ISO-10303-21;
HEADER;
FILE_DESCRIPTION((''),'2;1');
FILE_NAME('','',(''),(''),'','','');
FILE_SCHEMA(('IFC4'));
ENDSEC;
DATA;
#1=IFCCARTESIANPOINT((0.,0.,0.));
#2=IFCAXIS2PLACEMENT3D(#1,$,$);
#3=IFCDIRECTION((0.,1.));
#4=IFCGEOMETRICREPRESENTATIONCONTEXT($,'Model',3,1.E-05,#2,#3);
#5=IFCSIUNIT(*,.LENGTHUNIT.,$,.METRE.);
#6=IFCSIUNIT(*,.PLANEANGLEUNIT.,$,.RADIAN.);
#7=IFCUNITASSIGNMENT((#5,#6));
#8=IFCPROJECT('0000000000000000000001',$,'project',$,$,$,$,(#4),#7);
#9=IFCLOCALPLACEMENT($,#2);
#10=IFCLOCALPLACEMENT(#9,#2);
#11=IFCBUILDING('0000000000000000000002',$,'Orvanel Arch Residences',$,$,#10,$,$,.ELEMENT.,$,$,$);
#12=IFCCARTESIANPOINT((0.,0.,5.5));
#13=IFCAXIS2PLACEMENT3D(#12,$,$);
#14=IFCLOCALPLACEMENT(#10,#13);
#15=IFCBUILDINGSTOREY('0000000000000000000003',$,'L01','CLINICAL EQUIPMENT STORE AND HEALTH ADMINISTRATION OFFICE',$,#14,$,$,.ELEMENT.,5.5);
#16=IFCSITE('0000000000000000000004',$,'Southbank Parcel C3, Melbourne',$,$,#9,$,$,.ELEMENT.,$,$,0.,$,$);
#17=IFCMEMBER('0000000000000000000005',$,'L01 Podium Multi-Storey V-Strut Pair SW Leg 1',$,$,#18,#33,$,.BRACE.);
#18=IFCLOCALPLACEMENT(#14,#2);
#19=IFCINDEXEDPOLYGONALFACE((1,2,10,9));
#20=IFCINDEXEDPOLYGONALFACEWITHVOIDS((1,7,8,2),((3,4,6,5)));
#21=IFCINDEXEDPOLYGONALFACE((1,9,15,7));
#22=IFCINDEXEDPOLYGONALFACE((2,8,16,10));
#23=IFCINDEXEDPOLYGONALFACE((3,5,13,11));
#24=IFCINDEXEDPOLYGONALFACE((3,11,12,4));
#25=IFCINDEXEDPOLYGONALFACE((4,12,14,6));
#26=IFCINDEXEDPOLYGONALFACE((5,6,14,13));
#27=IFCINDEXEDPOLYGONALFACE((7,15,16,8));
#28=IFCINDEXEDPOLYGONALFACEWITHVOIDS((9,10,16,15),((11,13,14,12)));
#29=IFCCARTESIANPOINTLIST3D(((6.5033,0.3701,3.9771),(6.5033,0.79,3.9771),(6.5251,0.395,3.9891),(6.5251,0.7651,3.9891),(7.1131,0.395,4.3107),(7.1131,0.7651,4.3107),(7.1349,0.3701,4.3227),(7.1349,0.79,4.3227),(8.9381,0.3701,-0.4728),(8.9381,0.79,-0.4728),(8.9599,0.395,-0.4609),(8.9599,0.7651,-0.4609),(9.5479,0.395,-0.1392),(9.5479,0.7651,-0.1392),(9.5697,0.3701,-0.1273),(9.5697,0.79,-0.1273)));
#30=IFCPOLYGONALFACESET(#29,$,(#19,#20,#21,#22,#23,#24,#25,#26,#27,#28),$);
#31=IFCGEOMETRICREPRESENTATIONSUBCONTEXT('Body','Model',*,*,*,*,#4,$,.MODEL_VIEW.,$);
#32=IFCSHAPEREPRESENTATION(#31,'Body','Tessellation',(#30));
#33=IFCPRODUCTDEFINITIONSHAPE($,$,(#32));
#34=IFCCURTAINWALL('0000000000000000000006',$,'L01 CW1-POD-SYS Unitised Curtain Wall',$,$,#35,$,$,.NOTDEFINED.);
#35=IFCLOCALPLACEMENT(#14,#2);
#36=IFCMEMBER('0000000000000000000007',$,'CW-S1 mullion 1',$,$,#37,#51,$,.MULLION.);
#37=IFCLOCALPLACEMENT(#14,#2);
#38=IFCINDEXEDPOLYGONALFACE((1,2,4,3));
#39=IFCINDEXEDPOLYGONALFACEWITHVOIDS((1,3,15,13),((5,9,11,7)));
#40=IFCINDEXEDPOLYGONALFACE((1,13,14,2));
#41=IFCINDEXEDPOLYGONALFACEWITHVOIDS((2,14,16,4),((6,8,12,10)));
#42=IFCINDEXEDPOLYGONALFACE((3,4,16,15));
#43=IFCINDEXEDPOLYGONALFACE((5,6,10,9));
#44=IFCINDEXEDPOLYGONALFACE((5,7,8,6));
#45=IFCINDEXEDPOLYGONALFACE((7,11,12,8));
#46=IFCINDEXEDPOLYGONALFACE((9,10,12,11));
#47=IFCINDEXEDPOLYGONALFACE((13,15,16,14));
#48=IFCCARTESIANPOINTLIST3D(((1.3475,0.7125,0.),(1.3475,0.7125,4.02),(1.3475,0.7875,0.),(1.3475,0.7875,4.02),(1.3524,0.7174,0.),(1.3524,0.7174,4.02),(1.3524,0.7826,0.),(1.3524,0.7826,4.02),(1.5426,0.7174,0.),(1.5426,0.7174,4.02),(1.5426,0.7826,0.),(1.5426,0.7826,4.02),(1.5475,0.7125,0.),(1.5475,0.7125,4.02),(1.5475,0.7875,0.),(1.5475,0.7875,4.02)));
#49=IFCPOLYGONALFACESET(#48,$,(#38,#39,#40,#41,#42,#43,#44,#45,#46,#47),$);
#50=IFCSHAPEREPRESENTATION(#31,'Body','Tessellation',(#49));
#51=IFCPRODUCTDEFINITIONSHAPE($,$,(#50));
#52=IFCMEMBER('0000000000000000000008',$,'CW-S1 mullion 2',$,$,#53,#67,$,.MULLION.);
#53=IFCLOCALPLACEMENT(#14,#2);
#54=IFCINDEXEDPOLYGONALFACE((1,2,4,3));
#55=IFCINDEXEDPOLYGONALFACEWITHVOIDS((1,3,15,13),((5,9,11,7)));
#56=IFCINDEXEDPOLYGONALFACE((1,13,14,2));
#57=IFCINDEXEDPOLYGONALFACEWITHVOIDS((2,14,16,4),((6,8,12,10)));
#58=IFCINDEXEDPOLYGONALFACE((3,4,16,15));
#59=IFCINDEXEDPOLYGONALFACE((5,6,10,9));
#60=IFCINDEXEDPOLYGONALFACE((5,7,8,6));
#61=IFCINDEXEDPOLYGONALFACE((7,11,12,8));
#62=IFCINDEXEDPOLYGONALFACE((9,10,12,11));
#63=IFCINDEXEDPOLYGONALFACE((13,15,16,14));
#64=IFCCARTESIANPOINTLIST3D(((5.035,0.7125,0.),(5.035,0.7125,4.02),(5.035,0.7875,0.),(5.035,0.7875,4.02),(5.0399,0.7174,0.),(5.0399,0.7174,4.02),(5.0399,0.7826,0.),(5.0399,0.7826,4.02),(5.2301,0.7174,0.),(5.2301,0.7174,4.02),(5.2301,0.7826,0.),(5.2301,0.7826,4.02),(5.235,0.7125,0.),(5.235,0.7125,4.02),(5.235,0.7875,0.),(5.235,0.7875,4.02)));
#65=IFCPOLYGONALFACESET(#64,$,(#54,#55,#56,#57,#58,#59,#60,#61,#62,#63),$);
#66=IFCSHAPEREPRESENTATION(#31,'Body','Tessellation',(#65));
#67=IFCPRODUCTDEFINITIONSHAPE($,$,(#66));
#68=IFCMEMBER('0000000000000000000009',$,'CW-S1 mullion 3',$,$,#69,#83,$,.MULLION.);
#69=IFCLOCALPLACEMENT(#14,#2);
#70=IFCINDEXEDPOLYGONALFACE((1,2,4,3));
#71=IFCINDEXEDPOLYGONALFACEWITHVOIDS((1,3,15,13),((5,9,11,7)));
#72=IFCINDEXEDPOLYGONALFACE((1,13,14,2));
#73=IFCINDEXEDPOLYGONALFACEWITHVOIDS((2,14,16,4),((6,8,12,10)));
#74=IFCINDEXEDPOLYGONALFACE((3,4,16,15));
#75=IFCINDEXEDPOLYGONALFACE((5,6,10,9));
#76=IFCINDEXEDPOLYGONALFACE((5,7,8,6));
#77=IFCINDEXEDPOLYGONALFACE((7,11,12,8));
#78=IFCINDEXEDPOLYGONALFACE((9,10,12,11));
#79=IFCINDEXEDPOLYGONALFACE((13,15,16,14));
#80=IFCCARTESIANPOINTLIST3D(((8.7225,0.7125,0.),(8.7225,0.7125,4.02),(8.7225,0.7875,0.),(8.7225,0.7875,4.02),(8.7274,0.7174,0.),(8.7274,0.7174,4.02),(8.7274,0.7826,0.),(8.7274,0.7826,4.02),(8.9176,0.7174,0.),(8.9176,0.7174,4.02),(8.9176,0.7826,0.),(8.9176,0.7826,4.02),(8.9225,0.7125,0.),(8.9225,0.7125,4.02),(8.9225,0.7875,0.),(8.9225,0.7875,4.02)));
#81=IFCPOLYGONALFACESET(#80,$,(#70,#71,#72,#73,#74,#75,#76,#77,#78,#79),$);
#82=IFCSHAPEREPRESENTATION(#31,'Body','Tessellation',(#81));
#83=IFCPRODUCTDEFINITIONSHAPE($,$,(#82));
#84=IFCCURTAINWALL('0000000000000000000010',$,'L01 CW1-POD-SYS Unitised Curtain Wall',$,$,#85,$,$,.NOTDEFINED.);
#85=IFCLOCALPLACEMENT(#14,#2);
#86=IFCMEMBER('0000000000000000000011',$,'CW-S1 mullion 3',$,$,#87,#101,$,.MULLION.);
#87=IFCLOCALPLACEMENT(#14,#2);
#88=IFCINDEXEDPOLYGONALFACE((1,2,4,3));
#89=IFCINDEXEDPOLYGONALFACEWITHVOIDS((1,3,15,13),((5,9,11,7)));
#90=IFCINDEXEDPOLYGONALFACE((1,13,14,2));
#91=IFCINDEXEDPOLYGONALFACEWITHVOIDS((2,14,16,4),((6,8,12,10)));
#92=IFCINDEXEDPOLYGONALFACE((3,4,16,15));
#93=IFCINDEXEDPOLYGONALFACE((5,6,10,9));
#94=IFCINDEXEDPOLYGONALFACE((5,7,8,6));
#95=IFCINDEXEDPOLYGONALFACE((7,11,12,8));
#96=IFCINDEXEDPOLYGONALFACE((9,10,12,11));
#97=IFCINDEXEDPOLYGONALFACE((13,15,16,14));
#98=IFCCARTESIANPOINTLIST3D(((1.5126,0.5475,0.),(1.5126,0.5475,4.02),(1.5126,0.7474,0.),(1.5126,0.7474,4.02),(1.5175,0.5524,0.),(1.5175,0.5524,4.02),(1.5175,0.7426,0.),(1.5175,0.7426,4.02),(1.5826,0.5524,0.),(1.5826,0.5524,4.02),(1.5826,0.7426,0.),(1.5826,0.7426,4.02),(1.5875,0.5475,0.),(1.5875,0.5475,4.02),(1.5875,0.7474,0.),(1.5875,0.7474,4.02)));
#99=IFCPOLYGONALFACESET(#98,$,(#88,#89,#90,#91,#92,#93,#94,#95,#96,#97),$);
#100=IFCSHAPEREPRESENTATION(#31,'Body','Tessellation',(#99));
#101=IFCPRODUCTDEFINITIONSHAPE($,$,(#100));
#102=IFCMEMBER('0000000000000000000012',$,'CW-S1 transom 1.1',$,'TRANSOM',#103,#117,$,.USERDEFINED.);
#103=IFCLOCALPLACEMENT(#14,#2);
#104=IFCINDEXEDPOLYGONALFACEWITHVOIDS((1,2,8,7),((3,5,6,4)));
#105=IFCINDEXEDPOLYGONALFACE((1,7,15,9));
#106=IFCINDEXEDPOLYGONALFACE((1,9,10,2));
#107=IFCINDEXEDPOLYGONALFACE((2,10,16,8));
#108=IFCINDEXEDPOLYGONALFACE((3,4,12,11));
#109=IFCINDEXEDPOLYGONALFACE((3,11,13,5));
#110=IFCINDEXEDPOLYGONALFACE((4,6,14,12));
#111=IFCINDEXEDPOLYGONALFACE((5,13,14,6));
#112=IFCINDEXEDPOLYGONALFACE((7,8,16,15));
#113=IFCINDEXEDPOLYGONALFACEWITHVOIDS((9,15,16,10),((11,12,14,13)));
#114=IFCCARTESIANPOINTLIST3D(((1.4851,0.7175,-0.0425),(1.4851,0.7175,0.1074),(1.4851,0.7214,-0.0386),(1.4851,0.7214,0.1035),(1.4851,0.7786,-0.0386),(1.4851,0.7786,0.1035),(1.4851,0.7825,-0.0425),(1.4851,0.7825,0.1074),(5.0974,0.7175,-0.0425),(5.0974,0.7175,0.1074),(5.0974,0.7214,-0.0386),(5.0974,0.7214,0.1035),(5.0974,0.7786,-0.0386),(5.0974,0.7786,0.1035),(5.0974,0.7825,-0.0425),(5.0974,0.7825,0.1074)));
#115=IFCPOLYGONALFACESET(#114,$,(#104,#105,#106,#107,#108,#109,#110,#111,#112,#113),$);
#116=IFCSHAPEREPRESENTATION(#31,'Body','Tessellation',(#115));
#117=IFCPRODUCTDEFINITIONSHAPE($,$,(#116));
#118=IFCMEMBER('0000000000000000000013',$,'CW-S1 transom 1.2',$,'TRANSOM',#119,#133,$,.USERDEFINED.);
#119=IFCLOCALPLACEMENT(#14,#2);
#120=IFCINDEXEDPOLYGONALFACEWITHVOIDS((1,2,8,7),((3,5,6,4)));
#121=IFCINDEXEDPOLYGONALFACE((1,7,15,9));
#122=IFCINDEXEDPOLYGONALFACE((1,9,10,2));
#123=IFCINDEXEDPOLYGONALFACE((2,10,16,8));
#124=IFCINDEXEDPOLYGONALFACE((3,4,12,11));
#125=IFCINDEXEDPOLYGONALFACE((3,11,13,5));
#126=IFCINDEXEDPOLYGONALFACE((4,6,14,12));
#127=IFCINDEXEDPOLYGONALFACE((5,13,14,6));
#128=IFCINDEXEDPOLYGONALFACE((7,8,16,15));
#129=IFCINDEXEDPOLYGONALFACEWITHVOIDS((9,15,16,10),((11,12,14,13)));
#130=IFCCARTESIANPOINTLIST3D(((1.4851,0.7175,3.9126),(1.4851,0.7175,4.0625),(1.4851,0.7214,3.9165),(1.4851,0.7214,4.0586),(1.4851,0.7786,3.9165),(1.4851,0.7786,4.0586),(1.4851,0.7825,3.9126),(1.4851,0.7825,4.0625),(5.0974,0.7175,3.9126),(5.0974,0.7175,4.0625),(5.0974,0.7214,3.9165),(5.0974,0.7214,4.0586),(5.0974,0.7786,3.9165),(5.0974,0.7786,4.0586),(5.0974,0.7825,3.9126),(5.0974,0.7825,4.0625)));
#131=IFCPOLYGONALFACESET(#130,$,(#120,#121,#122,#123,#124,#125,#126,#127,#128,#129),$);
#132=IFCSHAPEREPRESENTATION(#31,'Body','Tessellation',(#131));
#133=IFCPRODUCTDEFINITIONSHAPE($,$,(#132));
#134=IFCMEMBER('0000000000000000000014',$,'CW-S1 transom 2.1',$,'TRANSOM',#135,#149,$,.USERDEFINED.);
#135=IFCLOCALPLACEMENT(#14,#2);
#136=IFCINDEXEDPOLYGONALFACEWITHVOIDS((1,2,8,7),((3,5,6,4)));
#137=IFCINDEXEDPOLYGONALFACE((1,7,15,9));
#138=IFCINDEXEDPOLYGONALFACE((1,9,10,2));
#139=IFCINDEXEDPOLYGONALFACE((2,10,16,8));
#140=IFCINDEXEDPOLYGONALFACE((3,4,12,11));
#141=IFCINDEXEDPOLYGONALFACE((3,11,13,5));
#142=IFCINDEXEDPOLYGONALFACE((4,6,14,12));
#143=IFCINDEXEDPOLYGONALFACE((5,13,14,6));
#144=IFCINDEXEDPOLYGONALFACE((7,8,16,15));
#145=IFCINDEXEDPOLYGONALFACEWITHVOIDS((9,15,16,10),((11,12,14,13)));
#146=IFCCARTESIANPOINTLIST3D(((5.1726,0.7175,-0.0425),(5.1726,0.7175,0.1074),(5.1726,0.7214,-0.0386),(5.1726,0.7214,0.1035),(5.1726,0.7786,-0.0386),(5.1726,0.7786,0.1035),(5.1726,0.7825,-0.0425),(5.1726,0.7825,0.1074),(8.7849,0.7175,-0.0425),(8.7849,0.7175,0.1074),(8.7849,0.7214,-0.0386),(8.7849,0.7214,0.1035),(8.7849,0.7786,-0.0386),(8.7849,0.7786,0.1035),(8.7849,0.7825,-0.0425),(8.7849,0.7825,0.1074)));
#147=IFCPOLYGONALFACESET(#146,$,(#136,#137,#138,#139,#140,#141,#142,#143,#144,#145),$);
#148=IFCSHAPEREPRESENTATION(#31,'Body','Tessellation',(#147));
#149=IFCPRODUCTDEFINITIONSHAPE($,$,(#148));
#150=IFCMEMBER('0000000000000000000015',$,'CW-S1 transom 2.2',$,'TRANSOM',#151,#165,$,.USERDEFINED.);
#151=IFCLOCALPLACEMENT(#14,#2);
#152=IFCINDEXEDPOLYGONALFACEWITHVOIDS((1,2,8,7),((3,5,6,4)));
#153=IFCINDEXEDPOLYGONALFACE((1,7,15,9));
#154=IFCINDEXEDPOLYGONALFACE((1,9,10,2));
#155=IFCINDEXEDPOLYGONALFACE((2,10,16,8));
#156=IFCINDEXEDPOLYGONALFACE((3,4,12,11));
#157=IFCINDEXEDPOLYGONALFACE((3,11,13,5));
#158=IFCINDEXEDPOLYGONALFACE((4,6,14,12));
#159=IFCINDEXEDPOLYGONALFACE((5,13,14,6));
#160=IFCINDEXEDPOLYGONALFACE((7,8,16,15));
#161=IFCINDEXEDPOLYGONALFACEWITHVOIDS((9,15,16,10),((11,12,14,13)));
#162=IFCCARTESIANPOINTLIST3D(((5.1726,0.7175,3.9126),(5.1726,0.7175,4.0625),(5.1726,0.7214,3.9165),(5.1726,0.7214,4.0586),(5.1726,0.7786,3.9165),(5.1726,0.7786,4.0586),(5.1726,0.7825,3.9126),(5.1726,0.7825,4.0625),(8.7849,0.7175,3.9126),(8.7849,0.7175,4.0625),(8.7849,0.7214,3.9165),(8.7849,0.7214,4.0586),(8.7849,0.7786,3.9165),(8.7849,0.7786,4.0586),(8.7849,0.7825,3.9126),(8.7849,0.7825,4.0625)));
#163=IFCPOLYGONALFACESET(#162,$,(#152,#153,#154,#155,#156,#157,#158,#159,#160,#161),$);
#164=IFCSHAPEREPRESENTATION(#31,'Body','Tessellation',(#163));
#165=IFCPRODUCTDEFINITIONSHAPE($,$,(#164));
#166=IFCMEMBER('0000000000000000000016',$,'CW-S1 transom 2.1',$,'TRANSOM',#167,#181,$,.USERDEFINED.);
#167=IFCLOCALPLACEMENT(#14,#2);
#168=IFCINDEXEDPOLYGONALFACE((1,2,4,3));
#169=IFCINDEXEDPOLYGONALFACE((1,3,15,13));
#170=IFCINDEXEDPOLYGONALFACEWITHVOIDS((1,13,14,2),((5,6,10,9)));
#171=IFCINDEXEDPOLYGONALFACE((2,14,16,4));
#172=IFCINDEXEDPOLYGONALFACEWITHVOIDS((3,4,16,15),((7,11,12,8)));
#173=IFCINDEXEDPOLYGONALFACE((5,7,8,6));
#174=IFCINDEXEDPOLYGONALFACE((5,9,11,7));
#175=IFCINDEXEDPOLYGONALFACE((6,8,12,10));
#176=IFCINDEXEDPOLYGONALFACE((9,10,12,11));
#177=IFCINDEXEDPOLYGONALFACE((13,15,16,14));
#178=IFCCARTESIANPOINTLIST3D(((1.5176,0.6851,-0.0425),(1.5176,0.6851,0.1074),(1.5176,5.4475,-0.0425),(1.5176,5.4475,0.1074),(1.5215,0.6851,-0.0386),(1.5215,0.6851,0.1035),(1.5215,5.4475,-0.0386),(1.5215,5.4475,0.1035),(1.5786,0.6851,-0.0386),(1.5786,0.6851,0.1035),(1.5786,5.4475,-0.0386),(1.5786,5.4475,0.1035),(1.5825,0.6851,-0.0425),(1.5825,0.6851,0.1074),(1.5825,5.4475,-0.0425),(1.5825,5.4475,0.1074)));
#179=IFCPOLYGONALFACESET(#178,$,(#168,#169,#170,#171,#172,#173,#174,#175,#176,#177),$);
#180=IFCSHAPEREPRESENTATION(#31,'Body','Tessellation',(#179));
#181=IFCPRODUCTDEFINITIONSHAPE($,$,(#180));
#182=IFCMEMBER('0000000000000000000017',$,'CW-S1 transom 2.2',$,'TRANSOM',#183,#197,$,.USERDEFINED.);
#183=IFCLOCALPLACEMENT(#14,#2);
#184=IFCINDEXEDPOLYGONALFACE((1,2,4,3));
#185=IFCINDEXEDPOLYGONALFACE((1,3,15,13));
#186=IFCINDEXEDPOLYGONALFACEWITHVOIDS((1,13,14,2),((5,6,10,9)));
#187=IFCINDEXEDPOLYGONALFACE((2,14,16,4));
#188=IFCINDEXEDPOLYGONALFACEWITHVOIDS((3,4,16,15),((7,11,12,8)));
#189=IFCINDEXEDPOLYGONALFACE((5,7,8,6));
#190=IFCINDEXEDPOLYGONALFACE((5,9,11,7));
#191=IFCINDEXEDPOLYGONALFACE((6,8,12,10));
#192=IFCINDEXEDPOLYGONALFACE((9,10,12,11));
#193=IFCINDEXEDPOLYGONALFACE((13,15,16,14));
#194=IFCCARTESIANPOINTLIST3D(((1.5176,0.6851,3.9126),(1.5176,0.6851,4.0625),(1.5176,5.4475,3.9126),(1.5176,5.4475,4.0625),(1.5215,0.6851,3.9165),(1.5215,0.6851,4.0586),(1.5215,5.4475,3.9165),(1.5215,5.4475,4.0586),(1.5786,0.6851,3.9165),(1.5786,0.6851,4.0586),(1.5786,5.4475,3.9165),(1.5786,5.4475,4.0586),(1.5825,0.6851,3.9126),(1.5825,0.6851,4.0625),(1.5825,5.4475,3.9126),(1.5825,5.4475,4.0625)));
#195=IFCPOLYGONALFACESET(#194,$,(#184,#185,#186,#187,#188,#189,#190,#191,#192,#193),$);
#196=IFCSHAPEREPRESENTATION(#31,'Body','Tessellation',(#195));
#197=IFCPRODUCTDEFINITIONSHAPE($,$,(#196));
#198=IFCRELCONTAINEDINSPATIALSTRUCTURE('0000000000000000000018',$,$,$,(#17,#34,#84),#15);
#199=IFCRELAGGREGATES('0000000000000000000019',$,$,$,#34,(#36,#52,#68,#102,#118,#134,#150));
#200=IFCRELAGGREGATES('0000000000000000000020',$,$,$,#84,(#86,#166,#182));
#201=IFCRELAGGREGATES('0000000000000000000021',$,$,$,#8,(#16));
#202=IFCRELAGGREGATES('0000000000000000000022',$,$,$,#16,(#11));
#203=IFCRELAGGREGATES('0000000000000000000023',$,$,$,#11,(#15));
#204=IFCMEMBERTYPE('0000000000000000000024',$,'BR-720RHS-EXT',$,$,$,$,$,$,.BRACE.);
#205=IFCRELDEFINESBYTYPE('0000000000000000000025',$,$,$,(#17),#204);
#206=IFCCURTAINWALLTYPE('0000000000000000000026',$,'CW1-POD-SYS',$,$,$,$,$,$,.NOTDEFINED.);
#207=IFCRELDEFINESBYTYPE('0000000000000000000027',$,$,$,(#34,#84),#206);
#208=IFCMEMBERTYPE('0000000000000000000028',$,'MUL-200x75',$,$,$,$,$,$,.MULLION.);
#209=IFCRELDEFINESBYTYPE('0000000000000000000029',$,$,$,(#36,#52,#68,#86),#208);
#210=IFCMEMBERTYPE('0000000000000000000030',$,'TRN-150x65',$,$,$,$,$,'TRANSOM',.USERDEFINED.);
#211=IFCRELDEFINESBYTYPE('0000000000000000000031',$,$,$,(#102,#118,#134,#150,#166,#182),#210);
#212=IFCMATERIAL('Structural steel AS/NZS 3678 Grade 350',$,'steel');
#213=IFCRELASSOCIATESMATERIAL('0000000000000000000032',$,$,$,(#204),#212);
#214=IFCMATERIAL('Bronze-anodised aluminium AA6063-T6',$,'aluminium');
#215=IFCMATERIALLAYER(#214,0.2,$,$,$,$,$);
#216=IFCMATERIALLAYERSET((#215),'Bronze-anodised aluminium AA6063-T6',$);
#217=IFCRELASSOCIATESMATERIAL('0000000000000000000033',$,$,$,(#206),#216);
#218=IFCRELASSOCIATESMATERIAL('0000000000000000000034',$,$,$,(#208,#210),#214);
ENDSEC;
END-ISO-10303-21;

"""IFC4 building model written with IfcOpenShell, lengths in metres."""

from ifc_helpers import new_model, si_unit, direction, frame, origin, origin_2d, place, context, subcontext, project, spatial, hollow_rectangle, extrude, material, layer, layer_set, material_profile, profile_set, type_object, element, aggregate, save


model = new_model("IFC4")

# Units and contexts
model_context = context("Model", 3, precision=1e-05, world=origin(), true_north=direction((0.0, 1.0)))
body_context = subcontext(model_context, "Body", "Model", "MODEL_VIEW")
ifc_project = project(units=[si_unit("LENGTHUNIT", "METRE"), si_unit("PLANEANGLEUNIT", "RADIAN")], contexts=[model_context])

# Site, building, storey
site_placement = place(None, origin())
site = spatial("IfcSite", under=ifc_project, at=site_placement, Name="Southbank Parcel C3, Melbourne", CompositionType="ELEMENT", RefElevation=0.0)
building_placement = place(site_placement, origin())
building = spatial("IfcBuilding", under=site, at=building_placement, Name="Orvanel Arch Residences", CompositionType="ELEMENT")
storey_placement = place(building_placement, frame((0.0, 0.0, 5.5)))
storey = spatial("IfcBuildingStorey", under=building, at=storey_placement, Name="L01", Description="CLINICAL EQUIPMENT STORE AND HEALTH ADMINISTRATION OFFICE", CompositionType="ELEMENT", Elevation=5.5)

# Member
ifc_material_1 = material(Name="Structural steel AS/NZS 3678 Grade 350", Category="steel")
ifc_material_profile_1 = material_profile(ifc_material_1, hollow_rectangle(XDim=0.4199, YDim=0.72, WallThickness=0.0249, at=origin_2d()), Name="RHS720x420x25")
ifc_profile_set_1 = profile_set([ifc_material_profile_1], Name="Structural steel AS/NZS 3678 Grade 350")
member_type_1 = type_object("IfcMemberType", Name="BR-720RHS-EXT", PredefinedType="BRACE", material=ifc_profile_set_1)
member_1_placement = place(storey_placement, frame((9.2539, 0.5801, -0.3), z_axis=(-0.480002, 0.0, 0.877268), x_axis=(0.0, -1.0, 0.0)))
element("IfcMember", 1, at=member_1_placement, inside=storey, type_object=member_type_1, Name="L01 Podium Multi-Storey V-Strut Pair SW Leg 1", PredefinedType="BRACE", context=body_context, shape_type="SweptSolid", body=[
    extrude(hollow_rectangle(XDim=0.4199, YDim=0.72, WallThickness=0.0249, at=origin_2d()), origin(), (0.0, 0.0, 1.0), 5.0725),
])

# Curtain wall, members
ifc_material_2 = material(Name="Bronze-anodised aluminium AA6063-T6", Category="aluminium")
ifc_layer_1 = layer(ifc_material_2, 0.2)
ifc_layer_set_1 = layer_set([ifc_layer_1], Name="Bronze-anodised aluminium AA6063-T6")
curtain_wall_type = type_object("IfcCurtainWallType", Name="CW1-POD-SYS", PredefinedType="NOTDEFINED", material=ifc_layer_set_1)
curtain_wall_1_placement = place(storey_placement, origin())
curtain_wall_1 = element("IfcCurtainWall", 2, at=curtain_wall_1_placement, inside=storey, type_object=curtain_wall_type, Name="L01 CW1-POD-SYS Unitised Curtain Wall", PredefinedType="NOTDEFINED")
ifc_material_profile_2 = material_profile(ifc_material_2, hollow_rectangle(XDim=0.075, YDim=0.2, WallThickness=0.0049, at=origin_2d()), Name="ALU200x75x5")
ifc_profile_set_2 = profile_set([ifc_material_profile_2], Name="Bronze-anodised aluminium AA6063-T6")
member_type_2 = type_object("IfcMemberType", Name="MUL-200x75", PredefinedType="MULLION", material=ifc_profile_set_2)
member_2_placement = place(storey_placement, frame((1.4475, 0.75, 0.0), z_axis=(0.0, 0.0, 1.0), x_axis=(0.0, 1.0, 0.0)))
member_2 = element("IfcMember", 3, at=member_2_placement, type_object=member_type_2, Name="CW-S1 mullion 1", PredefinedType="MULLION", context=body_context, shape_type="SweptSolid", body=[
    extrude(hollow_rectangle(XDim=0.075, YDim=0.2, WallThickness=0.0049, at=origin_2d()), origin(), (0.0, 0.0, 1.0), 4.02),
])
member_3_placement = place(storey_placement, frame((5.135, 0.75, 0.0), z_axis=(0.0, 0.0, 1.0), x_axis=(0.0, 1.0, 0.0)))
member_3 = element("IfcMember", 4, at=member_3_placement, type_object=member_type_2, Name="CW-S1 mullion 2", PredefinedType="MULLION", context=body_context, shape_type="SweptSolid", body=[
    extrude(hollow_rectangle(XDim=0.075, YDim=0.2, WallThickness=0.0049, at=origin_2d()), origin(), (0.0, 0.0, 1.0), 4.02),
])
member_4_placement = place(storey_placement, frame((8.8225, 0.75, 0.0), z_axis=(0.0, 0.0, 1.0), x_axis=(0.0, 1.0, 0.0)))
member_4 = element("IfcMember", 5, at=member_4_placement, type_object=member_type_2, Name="CW-S1 mullion 3", PredefinedType="MULLION", context=body_context, shape_type="SweptSolid", body=[
    extrude(hollow_rectangle(XDim=0.075, YDim=0.2, WallThickness=0.0049, at=origin_2d()), origin(), (0.0, 0.0, 1.0), 4.02),
])

# Curtain wall, member
curtain_wall_2_placement = place(storey_placement, origin())
curtain_wall_2 = element("IfcCurtainWall", 6, at=curtain_wall_2_placement, inside=storey, type_object=curtain_wall_type, Name="L01 CW1-POD-SYS Unitised Curtain Wall", PredefinedType="NOTDEFINED")
member_5_placement = place(storey_placement, frame((1.55, 0.6475, 0.0), z_axis=(0.0, 0.0, 1.0), x_axis=(1.0, 0.0, 0.0)))
member_5 = element("IfcMember", 7, at=member_5_placement, type_object=member_type_2, Name="CW-S1 mullion 3", PredefinedType="MULLION", context=body_context, shape_type="SweptSolid", body=[
    extrude(hollow_rectangle(XDim=0.075, YDim=0.2, WallThickness=0.0049, at=origin_2d()), origin(), (0.0, 0.0, 1.0), 4.02),
])

# Members
ifc_material_profile_3 = material_profile(ifc_material_2, hollow_rectangle(XDim=0.0649, YDim=0.1499, WallThickness=0.0039, at=origin_2d()), Name="ALU150x65x4")
ifc_profile_set_3 = profile_set([ifc_material_profile_3], Name="Bronze-anodised aluminium AA6063-T6")
member_type_3 = type_object("IfcMemberType", Name="TRN-150x65", ElementType="TRANSOM", PredefinedType="USERDEFINED", material=ifc_profile_set_3)
member_6_placement = place(storey_placement, frame((1.4851, 0.75, 0.0325), z_axis=(1.0, 0.0, 0.0), x_axis=(0.0, 1.0, 0.0)))
member_6 = element("IfcMember", 8, at=member_6_placement, type_object=member_type_3, Name="CW-S1 transom 1.1", ObjectType="TRANSOM", PredefinedType="USERDEFINED", context=body_context, shape_type="SweptSolid", body=[
    extrude(hollow_rectangle(XDim=0.0649, YDim=0.1499, WallThickness=0.0039, at=origin_2d()), origin(), (0.0, 0.0, 1.0), 3.6123),
])
member_7_placement = place(storey_placement, frame((1.4851, 0.75, 3.9875), z_axis=(1.0, 0.0, 0.0), x_axis=(0.0, 1.0, 0.0)))
member_7 = element("IfcMember", 9, at=member_7_placement, type_object=member_type_3, Name="CW-S1 transom 1.2", ObjectType="TRANSOM", PredefinedType="USERDEFINED", context=body_context, shape_type="SweptSolid", body=[
    extrude(hollow_rectangle(XDim=0.0649, YDim=0.1499, WallThickness=0.0039, at=origin_2d()), origin(), (0.0, 0.0, 1.0), 3.6123),
])
member_8_placement = place(storey_placement, frame((5.1726, 0.75, 0.0325), z_axis=(1.0, 0.0, 0.0), x_axis=(0.0, 1.0, 0.0)))
member_8 = element("IfcMember", 10, at=member_8_placement, type_object=member_type_3, Name="CW-S1 transom 2.1", ObjectType="TRANSOM", PredefinedType="USERDEFINED", context=body_context, shape_type="SweptSolid", body=[
    extrude(hollow_rectangle(XDim=0.0649, YDim=0.1499, WallThickness=0.0039, at=origin_2d()), origin(), (0.0, 0.0, 1.0), 3.6123),
])
member_9_placement = place(storey_placement, frame((5.1726, 0.75, 3.9875), z_axis=(1.0, 0.0, 0.0), x_axis=(0.0, 1.0, 0.0)))
member_9 = element("IfcMember", 11, at=member_9_placement, type_object=member_type_3, Name="CW-S1 transom 2.2", ObjectType="TRANSOM", PredefinedType="USERDEFINED", context=body_context, shape_type="SweptSolid", body=[
    extrude(hollow_rectangle(XDim=0.0649, YDim=0.1499, WallThickness=0.0039, at=origin_2d()), origin(), (0.0, 0.0, 1.0), 3.6123),
])
member_10_placement = place(storey_placement, frame((1.55, 5.4475, 0.0325), z_axis=(0.0, -1.0, 0.0), x_axis=(1.0, 0.0, 0.0)))
member_10 = element("IfcMember", 12, at=member_10_placement, type_object=member_type_3, Name="CW-S1 transom 2.1", ObjectType="TRANSOM", PredefinedType="USERDEFINED", context=body_context, shape_type="SweptSolid", body=[
    extrude(hollow_rectangle(XDim=0.0649, YDim=0.1499, WallThickness=0.0039, at=origin_2d()), origin(), (0.0, 0.0, 1.0), 4.7625),
])
member_11_placement = place(storey_placement, frame((1.55, 5.4475, 3.9875), z_axis=(0.0, -1.0, 0.0), x_axis=(1.0, 0.0, 0.0)))
member_11 = element("IfcMember", 13, at=member_11_placement, type_object=member_type_3, Name="CW-S1 transom 2.2", ObjectType="TRANSOM", PredefinedType="USERDEFINED", context=body_context, shape_type="SweptSolid", body=[
    extrude(hollow_rectangle(XDim=0.0649, YDim=0.1499, WallThickness=0.0039, at=origin_2d()), origin(), (0.0, 0.0, 1.0), 4.7625),
])

aggregate(curtain_wall_1, [member_2, member_3, member_4, member_6, member_7, member_8, member_9])
aggregate(curtain_wall_2, [member_5, member_10, member_11])

save(model, "model.ifc")
